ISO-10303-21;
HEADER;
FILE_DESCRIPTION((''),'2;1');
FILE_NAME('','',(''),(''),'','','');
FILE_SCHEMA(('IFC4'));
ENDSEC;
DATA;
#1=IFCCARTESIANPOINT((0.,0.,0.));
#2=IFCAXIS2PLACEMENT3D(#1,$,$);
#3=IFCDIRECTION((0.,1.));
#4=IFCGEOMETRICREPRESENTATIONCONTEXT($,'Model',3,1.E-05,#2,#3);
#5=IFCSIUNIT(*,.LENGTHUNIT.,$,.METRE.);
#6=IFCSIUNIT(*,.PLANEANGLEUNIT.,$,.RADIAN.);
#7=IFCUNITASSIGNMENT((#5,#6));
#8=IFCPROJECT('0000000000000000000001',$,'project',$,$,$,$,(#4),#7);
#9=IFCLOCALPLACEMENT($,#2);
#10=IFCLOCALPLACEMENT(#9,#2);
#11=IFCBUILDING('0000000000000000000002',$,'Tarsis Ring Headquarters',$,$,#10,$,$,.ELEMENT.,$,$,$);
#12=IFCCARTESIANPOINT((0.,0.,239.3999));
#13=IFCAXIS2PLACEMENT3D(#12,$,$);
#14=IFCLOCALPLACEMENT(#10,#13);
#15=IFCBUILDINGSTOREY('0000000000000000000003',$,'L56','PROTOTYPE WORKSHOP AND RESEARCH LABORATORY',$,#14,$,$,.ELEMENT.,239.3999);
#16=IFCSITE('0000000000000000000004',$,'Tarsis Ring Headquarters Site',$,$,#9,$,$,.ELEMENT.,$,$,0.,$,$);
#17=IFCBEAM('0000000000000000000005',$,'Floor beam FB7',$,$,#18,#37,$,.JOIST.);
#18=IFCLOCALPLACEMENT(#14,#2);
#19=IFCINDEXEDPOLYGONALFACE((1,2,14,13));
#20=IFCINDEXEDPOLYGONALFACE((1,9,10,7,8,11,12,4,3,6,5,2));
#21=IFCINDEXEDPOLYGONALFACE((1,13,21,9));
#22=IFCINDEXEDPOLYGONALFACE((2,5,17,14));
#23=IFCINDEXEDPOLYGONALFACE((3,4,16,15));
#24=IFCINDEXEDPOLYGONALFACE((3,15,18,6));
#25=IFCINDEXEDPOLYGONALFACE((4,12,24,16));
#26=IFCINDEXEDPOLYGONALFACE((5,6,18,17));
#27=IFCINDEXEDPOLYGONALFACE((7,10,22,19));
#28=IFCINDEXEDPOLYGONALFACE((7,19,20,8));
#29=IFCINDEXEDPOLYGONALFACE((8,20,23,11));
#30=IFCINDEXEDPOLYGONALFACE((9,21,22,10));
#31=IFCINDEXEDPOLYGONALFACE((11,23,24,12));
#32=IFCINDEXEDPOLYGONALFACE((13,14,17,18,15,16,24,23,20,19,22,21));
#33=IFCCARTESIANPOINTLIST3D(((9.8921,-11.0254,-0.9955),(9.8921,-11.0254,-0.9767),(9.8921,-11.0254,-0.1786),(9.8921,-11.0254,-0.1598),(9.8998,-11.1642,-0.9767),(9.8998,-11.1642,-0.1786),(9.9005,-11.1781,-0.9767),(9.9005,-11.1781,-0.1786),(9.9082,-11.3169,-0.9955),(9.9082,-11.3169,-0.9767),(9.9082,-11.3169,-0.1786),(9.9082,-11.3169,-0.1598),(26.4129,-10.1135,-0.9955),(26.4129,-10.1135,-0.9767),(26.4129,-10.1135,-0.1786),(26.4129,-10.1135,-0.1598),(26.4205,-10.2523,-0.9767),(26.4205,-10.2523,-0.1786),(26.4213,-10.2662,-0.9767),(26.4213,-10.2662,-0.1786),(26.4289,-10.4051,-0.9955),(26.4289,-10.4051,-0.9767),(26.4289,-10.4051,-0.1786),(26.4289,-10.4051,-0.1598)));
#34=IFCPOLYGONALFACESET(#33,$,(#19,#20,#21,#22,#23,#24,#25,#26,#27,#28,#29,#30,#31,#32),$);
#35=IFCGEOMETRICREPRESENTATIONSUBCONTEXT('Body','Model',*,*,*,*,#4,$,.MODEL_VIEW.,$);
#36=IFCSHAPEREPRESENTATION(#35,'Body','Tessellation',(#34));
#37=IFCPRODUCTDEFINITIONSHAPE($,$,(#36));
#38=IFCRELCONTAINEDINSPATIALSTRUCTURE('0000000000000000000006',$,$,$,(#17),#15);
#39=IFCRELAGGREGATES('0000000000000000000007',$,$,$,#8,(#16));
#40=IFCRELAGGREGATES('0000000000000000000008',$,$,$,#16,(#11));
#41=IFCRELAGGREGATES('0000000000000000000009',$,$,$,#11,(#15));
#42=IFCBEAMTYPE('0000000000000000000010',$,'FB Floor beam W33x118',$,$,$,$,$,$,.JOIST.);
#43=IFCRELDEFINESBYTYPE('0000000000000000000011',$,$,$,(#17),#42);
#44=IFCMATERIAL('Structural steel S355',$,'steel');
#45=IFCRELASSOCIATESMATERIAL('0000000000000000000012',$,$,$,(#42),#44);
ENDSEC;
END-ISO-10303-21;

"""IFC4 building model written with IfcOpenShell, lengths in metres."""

from ifc_helpers import new_model, si_unit, direction, frame, origin, origin_2d, place, context, subcontext, project, spatial, i_section, extrude, material, material_profile, profile_set, type_object, element, save


model = new_model("IFC4")

# Units and contexts
model_context = context("Model", 3, precision=1e-05, world=origin(), true_north=direction((0.0, 1.0)))
body_context = subcontext(model_context, "Body", "Model", "MODEL_VIEW")
ifc_project = project(units=[si_unit("LENGTHUNIT", "METRE"), si_unit("PLANEANGLEUNIT", "RADIAN")], contexts=[model_context])

# Site, building, storey
site_placement = place(None, origin())
site = spatial("IfcSite", under=ifc_project, at=site_placement, Name="Tarsis Ring Headquarters Site", CompositionType="ELEMENT", RefElevation=0.0)
building_placement = place(site_placement, origin())
building = spatial("IfcBuilding", under=site, at=building_placement, Name="Tarsis Ring Headquarters", CompositionType="ELEMENT")
storey_placement = place(building_placement, frame((0.0, 0.0, 239.3999)))
storey = spatial("IfcBuildingStorey", under=building, at=storey_placement, Name="L56", Description="PROTOTYPE WORKSHOP AND RESEARCH LABORATORY", CompositionType="ELEMENT", Elevation=239.3999)

# Beam
ifc_material_1 = material(Name="Structural steel S355", Category="steel")
ifc_material_profile = material_profile(ifc_material_1, i_section(OverallWidth=0.292, OverallDepth=0.8357, WebThickness=0.0139, FlangeThickness=0.0188, at=origin_2d()), Name="W33x118")
ifc_profile_set = profile_set([ifc_material_profile], Name="Structural steel S355")
beam_type = type_object("IfcBeamType", Name="FB Floor beam W33x118", PredefinedType="JOIST", material=ifc_profile_set)
beam_placement = place(storey_placement, frame((9.9001, -11.1711, -0.5776), z_axis=(0.99848, 0.055111, 0.0), x_axis=(-0.055111, 0.99848, 0.0)))
element("IfcBeam", 1, at=beam_placement, inside=storey, type_object=beam_type, Name="Floor beam FB7", PredefinedType="JOIST", context=body_context, shape_type="SweptSolid", body=[
    extrude(i_section(OverallWidth=0.292, OverallDepth=0.8357, WebThickness=0.0139, FlangeThickness=0.0188, at=origin_2d()), origin(), (0.0, 0.0, 1.0), 16.5459),
])

save(model, "model.ifc")
